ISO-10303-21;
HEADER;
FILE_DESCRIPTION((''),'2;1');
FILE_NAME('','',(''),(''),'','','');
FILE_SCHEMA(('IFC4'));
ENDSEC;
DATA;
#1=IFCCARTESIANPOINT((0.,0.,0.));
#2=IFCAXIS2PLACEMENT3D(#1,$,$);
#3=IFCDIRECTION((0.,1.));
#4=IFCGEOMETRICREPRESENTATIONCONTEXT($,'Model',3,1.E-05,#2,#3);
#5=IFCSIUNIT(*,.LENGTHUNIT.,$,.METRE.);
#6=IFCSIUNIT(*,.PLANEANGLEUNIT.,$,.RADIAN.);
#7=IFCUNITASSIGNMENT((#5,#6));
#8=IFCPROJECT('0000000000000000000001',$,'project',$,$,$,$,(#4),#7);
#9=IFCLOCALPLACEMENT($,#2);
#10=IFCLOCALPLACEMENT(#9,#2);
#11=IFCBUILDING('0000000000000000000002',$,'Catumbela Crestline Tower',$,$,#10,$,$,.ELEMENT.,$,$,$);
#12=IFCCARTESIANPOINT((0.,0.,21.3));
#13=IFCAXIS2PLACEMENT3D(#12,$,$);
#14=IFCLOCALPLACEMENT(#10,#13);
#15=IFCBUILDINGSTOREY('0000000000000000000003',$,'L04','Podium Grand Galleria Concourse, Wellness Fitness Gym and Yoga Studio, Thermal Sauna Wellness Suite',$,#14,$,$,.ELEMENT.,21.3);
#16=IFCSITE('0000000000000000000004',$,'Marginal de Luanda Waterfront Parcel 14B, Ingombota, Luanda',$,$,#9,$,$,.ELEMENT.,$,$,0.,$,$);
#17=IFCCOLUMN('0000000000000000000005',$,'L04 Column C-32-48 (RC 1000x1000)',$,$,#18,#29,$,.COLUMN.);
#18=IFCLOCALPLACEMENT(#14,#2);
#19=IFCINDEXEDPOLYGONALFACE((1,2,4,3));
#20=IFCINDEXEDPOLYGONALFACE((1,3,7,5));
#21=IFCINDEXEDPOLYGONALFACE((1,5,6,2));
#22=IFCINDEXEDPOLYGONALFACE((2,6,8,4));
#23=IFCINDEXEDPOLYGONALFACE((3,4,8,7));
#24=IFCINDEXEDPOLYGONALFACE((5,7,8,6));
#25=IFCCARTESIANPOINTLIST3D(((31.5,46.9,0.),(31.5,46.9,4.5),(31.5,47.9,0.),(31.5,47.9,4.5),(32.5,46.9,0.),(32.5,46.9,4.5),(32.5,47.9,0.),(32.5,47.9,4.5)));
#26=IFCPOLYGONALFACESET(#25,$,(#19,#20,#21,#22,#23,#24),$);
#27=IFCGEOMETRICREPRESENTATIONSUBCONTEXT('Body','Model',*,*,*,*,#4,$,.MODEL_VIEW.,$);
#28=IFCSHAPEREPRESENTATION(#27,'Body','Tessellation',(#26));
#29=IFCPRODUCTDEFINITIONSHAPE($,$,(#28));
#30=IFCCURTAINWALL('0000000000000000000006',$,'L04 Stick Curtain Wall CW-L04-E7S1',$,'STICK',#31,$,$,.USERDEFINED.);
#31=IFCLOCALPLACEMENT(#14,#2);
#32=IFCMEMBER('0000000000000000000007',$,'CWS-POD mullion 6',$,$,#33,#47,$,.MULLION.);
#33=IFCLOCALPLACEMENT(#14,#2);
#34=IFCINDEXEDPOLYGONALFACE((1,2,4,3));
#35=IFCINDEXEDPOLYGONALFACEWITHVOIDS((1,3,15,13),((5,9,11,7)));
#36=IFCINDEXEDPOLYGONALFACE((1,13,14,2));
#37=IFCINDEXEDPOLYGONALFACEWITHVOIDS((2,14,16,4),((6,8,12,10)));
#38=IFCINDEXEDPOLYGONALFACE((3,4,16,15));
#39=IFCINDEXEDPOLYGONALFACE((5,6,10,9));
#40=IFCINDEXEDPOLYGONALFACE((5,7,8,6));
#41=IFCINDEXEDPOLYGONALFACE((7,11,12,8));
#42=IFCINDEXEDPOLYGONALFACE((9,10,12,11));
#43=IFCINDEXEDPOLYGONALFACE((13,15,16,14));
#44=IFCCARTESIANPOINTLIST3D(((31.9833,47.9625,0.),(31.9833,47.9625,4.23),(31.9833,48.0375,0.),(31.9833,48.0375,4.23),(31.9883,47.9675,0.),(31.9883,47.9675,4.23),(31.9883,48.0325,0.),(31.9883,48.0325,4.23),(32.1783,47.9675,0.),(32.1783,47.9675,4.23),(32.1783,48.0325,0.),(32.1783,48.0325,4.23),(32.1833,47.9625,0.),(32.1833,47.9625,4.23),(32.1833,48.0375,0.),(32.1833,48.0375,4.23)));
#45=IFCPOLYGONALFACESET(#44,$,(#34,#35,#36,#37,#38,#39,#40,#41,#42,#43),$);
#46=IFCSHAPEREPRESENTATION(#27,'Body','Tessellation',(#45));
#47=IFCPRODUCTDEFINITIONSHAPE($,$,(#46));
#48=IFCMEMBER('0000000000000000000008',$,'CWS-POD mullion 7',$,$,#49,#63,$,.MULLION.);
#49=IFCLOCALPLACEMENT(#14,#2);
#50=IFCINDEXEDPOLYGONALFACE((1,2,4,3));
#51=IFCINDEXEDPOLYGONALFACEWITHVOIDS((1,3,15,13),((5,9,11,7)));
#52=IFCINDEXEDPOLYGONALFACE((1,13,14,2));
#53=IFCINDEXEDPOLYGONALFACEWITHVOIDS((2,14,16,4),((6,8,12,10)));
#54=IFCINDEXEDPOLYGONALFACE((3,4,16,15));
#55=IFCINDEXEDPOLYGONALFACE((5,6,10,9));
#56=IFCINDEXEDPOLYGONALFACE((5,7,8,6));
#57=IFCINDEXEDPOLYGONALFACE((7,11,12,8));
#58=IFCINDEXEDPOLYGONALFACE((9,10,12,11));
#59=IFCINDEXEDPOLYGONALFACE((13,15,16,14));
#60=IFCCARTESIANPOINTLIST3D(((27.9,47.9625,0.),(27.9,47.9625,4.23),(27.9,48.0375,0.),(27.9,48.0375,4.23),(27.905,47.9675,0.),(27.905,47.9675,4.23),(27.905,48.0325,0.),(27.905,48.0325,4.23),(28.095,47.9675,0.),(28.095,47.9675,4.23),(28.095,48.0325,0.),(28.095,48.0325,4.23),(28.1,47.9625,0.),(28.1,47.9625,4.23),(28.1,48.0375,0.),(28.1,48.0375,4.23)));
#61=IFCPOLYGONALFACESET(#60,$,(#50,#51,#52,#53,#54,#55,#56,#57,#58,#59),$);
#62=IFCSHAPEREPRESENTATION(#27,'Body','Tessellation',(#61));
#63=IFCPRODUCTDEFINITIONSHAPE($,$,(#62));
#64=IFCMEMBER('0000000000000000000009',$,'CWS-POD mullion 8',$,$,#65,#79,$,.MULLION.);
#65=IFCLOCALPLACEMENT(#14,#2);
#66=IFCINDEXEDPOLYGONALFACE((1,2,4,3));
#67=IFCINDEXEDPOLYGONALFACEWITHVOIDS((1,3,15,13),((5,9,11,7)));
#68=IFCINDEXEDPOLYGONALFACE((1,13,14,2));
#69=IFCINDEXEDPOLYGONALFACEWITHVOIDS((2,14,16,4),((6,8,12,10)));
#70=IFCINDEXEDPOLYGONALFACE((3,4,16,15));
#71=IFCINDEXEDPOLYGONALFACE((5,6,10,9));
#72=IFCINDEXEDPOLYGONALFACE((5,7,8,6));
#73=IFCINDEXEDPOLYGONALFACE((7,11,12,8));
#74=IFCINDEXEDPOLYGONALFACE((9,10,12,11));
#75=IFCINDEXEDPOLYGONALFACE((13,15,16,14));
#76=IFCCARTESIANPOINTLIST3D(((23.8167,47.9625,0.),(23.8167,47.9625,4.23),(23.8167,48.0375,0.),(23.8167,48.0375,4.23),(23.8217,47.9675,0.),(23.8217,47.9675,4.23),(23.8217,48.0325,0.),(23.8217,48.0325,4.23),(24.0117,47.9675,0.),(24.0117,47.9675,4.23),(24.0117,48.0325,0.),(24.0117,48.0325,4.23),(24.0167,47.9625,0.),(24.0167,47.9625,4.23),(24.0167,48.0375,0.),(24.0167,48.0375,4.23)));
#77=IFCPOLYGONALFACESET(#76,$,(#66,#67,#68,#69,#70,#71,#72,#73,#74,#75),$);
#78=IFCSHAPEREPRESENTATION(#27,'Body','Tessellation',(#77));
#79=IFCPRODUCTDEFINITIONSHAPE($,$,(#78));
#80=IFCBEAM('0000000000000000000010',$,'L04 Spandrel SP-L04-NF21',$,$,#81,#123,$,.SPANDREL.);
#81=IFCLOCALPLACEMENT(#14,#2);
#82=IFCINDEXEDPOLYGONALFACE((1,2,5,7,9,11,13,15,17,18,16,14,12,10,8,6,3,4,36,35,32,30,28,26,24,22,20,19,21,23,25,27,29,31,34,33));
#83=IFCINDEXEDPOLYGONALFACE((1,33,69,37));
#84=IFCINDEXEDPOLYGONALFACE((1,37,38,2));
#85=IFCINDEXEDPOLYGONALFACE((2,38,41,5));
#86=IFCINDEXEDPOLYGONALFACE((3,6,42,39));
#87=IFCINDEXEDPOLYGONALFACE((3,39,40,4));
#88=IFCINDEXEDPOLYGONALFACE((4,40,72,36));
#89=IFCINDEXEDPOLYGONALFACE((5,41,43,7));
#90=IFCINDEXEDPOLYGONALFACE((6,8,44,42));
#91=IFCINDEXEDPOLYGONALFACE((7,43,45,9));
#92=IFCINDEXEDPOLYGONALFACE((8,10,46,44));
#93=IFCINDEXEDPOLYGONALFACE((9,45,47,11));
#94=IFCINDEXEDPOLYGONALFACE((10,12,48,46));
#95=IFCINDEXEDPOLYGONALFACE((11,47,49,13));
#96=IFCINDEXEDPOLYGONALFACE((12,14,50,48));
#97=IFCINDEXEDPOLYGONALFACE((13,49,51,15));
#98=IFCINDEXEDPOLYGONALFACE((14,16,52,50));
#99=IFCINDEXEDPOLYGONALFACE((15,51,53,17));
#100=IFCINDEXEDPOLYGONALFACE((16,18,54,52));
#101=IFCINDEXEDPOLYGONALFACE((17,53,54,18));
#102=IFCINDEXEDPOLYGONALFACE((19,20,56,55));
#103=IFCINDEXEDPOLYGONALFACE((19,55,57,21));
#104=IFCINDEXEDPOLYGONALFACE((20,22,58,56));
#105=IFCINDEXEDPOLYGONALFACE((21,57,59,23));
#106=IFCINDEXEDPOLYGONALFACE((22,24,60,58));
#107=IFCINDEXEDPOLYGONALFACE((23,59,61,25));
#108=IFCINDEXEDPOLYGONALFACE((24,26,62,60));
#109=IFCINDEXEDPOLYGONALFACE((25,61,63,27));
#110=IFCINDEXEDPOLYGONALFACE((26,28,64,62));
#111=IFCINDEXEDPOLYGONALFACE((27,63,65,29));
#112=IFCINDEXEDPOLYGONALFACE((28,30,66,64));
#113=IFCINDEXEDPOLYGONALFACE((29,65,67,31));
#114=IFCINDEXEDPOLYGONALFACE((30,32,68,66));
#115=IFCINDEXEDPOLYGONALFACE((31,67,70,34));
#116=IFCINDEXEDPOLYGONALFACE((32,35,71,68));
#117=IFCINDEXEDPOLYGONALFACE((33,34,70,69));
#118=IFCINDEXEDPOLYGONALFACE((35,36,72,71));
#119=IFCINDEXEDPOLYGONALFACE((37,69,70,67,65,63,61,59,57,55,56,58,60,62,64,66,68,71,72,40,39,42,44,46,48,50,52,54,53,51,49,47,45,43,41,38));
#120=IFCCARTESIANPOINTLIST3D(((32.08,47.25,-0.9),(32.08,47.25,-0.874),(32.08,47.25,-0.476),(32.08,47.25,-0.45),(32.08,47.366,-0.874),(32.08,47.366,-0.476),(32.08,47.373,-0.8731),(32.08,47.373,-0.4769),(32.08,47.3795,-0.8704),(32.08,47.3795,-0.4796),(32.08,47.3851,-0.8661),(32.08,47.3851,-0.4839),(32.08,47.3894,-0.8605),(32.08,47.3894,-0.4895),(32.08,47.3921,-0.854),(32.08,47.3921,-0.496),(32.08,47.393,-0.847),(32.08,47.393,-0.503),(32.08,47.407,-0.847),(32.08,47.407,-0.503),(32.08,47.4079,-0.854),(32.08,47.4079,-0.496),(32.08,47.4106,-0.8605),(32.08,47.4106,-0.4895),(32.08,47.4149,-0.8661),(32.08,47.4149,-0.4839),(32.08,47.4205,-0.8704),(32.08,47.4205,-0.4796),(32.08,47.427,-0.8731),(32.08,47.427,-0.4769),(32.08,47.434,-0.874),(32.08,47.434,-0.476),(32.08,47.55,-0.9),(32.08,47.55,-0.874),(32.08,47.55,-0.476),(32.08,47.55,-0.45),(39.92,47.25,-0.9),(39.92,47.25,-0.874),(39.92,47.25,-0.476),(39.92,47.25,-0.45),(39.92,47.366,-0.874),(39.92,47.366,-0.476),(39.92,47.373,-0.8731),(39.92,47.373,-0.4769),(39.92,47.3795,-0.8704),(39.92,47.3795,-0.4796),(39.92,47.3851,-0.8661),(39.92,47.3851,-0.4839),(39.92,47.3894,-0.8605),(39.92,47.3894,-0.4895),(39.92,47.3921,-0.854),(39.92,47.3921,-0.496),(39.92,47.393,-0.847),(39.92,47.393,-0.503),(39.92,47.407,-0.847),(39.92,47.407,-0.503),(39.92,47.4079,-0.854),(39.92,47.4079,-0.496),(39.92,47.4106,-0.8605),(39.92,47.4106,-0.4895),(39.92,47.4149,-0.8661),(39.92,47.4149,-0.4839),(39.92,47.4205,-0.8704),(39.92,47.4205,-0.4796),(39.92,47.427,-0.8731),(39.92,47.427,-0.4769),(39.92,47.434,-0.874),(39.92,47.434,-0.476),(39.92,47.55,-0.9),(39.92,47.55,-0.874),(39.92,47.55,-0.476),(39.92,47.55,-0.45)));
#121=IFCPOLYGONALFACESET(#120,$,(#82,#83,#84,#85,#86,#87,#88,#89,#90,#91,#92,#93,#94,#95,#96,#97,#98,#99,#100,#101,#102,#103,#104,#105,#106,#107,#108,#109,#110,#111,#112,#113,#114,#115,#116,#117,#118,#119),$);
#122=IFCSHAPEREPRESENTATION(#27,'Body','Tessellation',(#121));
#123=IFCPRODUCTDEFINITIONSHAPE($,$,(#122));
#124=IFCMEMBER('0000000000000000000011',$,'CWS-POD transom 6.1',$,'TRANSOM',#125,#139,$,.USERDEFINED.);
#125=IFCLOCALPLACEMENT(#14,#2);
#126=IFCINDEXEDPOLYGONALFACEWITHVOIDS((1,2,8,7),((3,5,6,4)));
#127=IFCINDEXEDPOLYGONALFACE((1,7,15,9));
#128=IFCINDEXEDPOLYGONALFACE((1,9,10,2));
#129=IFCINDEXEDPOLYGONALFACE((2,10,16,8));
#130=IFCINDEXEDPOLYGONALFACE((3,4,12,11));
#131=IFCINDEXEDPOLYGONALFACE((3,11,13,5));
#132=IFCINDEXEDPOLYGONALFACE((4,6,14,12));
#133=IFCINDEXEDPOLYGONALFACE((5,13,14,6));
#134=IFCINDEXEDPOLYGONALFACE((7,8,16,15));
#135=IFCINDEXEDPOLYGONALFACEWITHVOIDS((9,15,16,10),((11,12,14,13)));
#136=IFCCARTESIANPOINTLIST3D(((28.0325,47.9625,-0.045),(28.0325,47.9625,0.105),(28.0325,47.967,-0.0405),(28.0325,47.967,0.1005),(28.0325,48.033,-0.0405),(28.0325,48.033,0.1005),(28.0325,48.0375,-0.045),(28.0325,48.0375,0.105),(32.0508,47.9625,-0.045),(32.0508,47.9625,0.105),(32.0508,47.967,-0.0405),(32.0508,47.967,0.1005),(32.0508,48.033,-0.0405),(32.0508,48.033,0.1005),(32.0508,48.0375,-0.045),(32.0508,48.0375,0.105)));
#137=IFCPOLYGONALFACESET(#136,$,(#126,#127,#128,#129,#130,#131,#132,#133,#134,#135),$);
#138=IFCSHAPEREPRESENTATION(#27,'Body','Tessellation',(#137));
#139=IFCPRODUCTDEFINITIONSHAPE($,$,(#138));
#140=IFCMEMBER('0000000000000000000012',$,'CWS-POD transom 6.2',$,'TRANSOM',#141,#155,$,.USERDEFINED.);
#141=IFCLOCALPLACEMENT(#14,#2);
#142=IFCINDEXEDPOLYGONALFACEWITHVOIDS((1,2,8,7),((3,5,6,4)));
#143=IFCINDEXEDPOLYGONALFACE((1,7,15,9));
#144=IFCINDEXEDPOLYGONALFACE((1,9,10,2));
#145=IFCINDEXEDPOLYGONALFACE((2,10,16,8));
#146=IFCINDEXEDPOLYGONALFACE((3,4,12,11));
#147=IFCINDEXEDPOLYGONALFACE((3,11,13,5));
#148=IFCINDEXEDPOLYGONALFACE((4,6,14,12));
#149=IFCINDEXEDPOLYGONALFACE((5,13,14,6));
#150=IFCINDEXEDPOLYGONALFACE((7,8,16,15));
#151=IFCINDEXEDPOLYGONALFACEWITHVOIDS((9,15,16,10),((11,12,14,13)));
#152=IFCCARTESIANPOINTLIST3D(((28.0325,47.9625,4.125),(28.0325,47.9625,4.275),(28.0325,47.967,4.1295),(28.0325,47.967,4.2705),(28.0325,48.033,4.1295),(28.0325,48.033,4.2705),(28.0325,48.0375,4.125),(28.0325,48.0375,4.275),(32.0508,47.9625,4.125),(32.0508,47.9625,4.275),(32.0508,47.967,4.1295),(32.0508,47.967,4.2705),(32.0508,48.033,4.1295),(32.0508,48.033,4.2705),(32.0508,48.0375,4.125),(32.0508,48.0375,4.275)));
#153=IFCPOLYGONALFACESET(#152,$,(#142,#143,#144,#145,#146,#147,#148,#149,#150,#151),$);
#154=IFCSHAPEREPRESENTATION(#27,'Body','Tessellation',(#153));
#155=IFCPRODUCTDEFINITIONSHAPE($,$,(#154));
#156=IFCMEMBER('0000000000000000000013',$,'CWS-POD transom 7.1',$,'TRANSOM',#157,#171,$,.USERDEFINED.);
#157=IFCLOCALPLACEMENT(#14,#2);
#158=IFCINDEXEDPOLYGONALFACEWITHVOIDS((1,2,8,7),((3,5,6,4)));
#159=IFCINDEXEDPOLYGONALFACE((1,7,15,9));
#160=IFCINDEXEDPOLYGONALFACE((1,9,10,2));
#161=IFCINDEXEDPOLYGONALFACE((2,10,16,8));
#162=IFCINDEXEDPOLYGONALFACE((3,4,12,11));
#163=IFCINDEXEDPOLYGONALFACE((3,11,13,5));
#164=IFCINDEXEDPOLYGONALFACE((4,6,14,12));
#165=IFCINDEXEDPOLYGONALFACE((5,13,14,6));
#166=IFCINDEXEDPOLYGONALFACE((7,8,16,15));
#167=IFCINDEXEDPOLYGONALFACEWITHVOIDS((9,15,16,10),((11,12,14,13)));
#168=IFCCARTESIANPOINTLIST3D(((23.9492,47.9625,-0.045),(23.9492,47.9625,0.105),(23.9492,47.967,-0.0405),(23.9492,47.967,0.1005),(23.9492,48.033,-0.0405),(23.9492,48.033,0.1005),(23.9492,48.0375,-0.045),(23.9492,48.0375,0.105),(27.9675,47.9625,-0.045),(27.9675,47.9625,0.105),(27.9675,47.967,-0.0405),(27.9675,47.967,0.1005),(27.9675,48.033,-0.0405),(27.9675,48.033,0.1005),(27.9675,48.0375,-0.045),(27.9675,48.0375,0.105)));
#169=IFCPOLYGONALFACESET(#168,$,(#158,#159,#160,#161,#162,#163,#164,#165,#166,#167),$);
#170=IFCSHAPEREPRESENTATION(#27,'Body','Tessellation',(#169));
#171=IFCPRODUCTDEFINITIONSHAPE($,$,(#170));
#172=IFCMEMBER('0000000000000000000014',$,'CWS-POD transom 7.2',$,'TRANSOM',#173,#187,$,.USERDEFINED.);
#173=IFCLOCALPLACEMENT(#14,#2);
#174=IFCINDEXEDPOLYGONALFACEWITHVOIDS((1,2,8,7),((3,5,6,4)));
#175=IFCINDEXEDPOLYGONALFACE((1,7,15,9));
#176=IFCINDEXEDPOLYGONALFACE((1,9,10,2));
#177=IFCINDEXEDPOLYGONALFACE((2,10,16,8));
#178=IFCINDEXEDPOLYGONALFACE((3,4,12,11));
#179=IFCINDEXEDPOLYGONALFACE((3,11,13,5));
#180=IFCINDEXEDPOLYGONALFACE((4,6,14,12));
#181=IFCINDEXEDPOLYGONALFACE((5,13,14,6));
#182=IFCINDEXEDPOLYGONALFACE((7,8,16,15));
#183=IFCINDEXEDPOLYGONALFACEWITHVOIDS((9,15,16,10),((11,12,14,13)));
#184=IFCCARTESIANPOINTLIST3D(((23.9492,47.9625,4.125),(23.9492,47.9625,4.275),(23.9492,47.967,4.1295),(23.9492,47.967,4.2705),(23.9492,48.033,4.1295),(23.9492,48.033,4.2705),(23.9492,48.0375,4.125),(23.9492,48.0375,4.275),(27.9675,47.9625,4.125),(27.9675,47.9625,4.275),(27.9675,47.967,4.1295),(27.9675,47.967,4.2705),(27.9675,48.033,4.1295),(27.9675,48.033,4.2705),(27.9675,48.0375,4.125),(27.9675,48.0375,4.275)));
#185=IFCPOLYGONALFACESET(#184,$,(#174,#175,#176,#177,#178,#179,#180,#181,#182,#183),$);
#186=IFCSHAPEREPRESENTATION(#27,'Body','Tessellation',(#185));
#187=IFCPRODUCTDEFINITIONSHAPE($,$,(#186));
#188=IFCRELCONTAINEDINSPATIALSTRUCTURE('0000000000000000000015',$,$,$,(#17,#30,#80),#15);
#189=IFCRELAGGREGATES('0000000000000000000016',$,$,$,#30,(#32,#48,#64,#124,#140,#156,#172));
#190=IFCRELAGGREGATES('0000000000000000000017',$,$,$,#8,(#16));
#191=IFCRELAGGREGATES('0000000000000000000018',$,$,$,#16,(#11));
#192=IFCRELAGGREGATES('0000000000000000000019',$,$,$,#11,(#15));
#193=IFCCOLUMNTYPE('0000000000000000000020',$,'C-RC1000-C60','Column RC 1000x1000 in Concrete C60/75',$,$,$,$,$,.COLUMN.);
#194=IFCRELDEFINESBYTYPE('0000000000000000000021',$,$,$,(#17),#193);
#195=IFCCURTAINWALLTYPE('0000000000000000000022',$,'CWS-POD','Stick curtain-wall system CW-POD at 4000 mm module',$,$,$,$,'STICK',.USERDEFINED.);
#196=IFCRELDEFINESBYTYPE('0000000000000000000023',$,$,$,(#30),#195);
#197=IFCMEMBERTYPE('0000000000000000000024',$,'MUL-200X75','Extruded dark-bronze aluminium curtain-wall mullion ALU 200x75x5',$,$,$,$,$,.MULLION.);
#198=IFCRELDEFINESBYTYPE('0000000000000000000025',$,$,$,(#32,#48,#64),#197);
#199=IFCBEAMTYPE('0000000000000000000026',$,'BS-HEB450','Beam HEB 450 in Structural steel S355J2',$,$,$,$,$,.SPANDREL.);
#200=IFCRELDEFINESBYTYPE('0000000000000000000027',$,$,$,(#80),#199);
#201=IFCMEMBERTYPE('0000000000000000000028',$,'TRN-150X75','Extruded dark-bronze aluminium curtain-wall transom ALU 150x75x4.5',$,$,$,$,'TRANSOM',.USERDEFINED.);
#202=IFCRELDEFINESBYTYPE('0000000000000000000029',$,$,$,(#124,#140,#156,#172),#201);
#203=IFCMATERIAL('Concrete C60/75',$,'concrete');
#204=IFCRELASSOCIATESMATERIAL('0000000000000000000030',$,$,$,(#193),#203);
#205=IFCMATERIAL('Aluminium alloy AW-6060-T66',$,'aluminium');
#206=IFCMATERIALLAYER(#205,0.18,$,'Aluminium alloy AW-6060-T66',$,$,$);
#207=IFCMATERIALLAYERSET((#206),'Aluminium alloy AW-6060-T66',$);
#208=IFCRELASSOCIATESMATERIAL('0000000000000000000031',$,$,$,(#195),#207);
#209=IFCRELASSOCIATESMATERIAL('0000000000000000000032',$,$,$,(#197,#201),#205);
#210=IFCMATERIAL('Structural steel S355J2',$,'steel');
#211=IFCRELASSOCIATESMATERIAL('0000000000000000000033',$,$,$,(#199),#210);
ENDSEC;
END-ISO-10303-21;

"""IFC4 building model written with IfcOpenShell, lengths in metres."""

from ifc_helpers import new_model, si_unit, direction, frame, origin, origin_2d, place, context, subcontext, project, spatial, rectangle, hollow_rectangle, i_section, extrude, material, layer, layer_set, material_profile, profile_set, type_object, element, aggregate, save


model = new_model("IFC4")

# Units and contexts
model_context = context("Model", 3, precision=1e-05, world=origin(), true_north=direction((0.0, 1.0)))
body_context = subcontext(model_context, "Body", "Model", "MODEL_VIEW")
ifc_project = project(units=[si_unit("LENGTHUNIT", "METRE"), si_unit("PLANEANGLEUNIT", "RADIAN")], contexts=[model_context])

# Site, building, storey
site_placement = place(None, origin())
site = spatial("IfcSite", under=ifc_project, at=site_placement, Name="Marginal de Luanda Waterfront Parcel 14B, Ingombota, Luanda", CompositionType="ELEMENT", RefElevation=0.0)
building_placement = place(site_placement, origin())
building = spatial("IfcBuilding", under=site, at=building_placement, Name="Catumbela Crestline Tower", CompositionType="ELEMENT")
storey_placement = place(building_placement, frame((0.0, 0.0, 21.3)))
storey = spatial("IfcBuildingStorey", under=building, at=storey_placement, Name="L04", Description="Podium Grand Galleria Concourse, Wellness Fitness Gym and Yoga Studio, Thermal Sauna Wellness Suite", CompositionType="ELEMENT", Elevation=21.3)

# Column
ifc_material_1 = material(Name="Concrete C60/75", Category="concrete")
ifc_material_profile_1 = material_profile(ifc_material_1, rectangle(XDim=1.0, YDim=1.0, at=origin_2d()), Name="RC 1000x1000")
ifc_profile_set_1 = profile_set([ifc_material_profile_1], Name="Concrete C60/75")
column_type = type_object("IfcColumnType", Name="C-RC1000-C60", Description="Column RC 1000x1000 in Concrete C60/75", PredefinedType="COLUMN", material=ifc_profile_set_1)
column_placement = place(storey_placement, frame((32.0, 47.4, 0.0), z_axis=(0.0, 0.0, 1.0), x_axis=(1.0, 0.0, 0.0)))
element("IfcColumn", 1, at=column_placement, inside=storey, type_object=column_type, Name="L04 Column C-32-48 (RC 1000x1000)", PredefinedType="COLUMN", context=body_context, shape_type="SweptSolid", body=[
    extrude(rectangle(XDim=1.0, YDim=1.0, at=origin_2d()), origin(), (0.0, 0.0, 1.0), 4.5),
])

# Curtain wall, members
ifc_material_2 = material(Name="Aluminium alloy AW-6060-T66", Category="aluminium")
ifc_layer_1 = layer(ifc_material_2, 0.18, Name="Aluminium alloy AW-6060-T66")
ifc_layer_set_1 = layer_set([ifc_layer_1], Name="Aluminium alloy AW-6060-T66")
curtain_wall_type = type_object("IfcCurtainWallType", Name="CWS-POD", Description="Stick curtain-wall system CW-POD at 4000 mm module", ElementType="STICK", PredefinedType="USERDEFINED", material=ifc_layer_set_1)
curtain_wall_placement = place(storey_placement, origin())
curtain_wall = element("IfcCurtainWall", 2, at=curtain_wall_placement, inside=storey, type_object=curtain_wall_type, Name="L04 Stick Curtain Wall CW-L04-E7S1", ObjectType="STICK", PredefinedType="USERDEFINED")
ifc_material_profile_2 = material_profile(ifc_material_2, hollow_rectangle(XDim=0.075, YDim=0.2, WallThickness=0.005, at=origin_2d()), Name="ALU 200x75x5")
ifc_profile_set_2 = profile_set([ifc_material_profile_2], Name="Aluminium alloy AW-6060-T66")
member_type_1 = type_object("IfcMemberType", Name="MUL-200X75", Description="Extruded dark-bronze aluminium curtain-wall mullion ALU 200x75x5", PredefinedType="MULLION", material=ifc_profile_set_2)
member_1_placement = place(storey_placement, frame((32.0833, 48.0, 0.0), z_axis=(0.0, 0.0, 1.0), x_axis=(0.0, -1.0, 0.0)))
member_1 = element("IfcMember", 3, at=member_1_placement, type_object=member_type_1, Name="CWS-POD mullion 6", PredefinedType="MULLION", context=body_context, shape_type="SweptSolid", body=[
    extrude(hollow_rectangle(XDim=0.075, YDim=0.2, WallThickness=0.005, at=origin_2d()), origin(), (0.0, 0.0, 1.0), 4.23),
])
member_2_placement = place(storey_placement, frame((28.0, 48.0, 0.0), z_axis=(0.0, 0.0, 1.0), x_axis=(0.0, -1.0, 0.0)))
member_2 = element("IfcMember", 4, at=member_2_placement, type_object=member_type_1, Name="CWS-POD mullion 7", PredefinedType="MULLION", context=body_context, shape_type="SweptSolid", body=[
    extrude(hollow_rectangle(XDim=0.075, YDim=0.2, WallThickness=0.005, at=origin_2d()), origin(), (0.0, 0.0, 1.0), 4.23),
])
member_3_placement = place(storey_placement, frame((23.9167, 48.0, 0.0), z_axis=(0.0, 0.0, 1.0), x_axis=(0.0, -1.0, 0.0)))
member_3 = element("IfcMember", 5, at=member_3_placement, type_object=member_type_1, Name="CWS-POD mullion 8", PredefinedType="MULLION", context=body_context, shape_type="SweptSolid", body=[
    extrude(hollow_rectangle(XDim=0.075, YDim=0.2, WallThickness=0.005, at=origin_2d()), origin(), (0.0, 0.0, 1.0), 4.23),
])

# Beam
ifc_material_3 = material(Name="Structural steel S355J2", Category="steel")
ifc_material_profile_3 = material_profile(ifc_material_3, i_section(OverallWidth=0.3, OverallDepth=0.45, WebThickness=0.014, FlangeThickness=0.026, FilletRadius=0.027, at=origin_2d()), Name="HEB 450")
ifc_profile_set_3 = profile_set([ifc_material_profile_3], Name="Structural steel S355J2")
beam_type = type_object("IfcBeamType", Name="BS-HEB450", Description="Beam HEB 450 in Structural steel S355J2", PredefinedType="SPANDREL", material=ifc_profile_set_3)
beam_placement = place(storey_placement, frame((32.08, 47.4, -0.675), z_axis=(1.0, 0.0, 0.0), x_axis=(0.0, 1.0, 0.0)))
element("IfcBeam", 6, at=beam_placement, inside=storey, type_object=beam_type, Name="L04 Spandrel SP-L04-NF21", PredefinedType="SPANDREL", context=body_context, shape_type="SweptSolid", body=[
    extrude(i_section(OverallWidth=0.3, OverallDepth=0.45, WebThickness=0.014, FlangeThickness=0.026, FilletRadius=0.027, at=origin_2d()), origin(), (0.0, 0.0, 1.0), 7.84),
])

# Members
ifc_material_profile_4 = material_profile(ifc_material_2, hollow_rectangle(XDim=0.075, YDim=0.15, WallThickness=0.0045, at=origin_2d()), Name="ALU 150x75x4.5")
ifc_profile_set_4 = profile_set([ifc_material_profile_4], Name="Aluminium alloy AW-6060-T66")
member_type_2 = type_object("IfcMemberType", Name="TRN-150X75", Description="Extruded dark-bronze aluminium curtain-wall transom ALU 150x75x4.5", ElementType="TRANSOM", PredefinedType="USERDEFINED", material=ifc_profile_set_4)
member_4_placement = place(storey_placement, frame((32.0508, 48.0, 0.03), z_axis=(-1.0, 0.0, 0.0), x_axis=(0.0, -1.0, 0.0)))
member_4 = element("IfcMember", 7, at=member_4_placement, type_object=member_type_2, Name="CWS-POD transom 6.1", ObjectType="TRANSOM", PredefinedType="USERDEFINED", context=body_context, shape_type="SweptSolid", body=[
    extrude(hollow_rectangle(XDim=0.075, YDim=0.15, WallThickness=0.0045, at=origin_2d()), origin(), (0.0, 0.0, 1.0), 4.0183),
])
member_5_placement = place(storey_placement, frame((32.0508, 48.0, 4.2), z_axis=(-1.0, 0.0, 0.0), x_axis=(0.0, -1.0, 0.0)))
member_5 = element("IfcMember", 8, at=member_5_placement, type_object=member_type_2, Name="CWS-POD transom 6.2", ObjectType="TRANSOM", PredefinedType="USERDEFINED", context=body_context, shape_type="SweptSolid", body=[
    extrude(hollow_rectangle(XDim=0.075, YDim=0.15, WallThickness=0.0045, at=origin_2d()), origin(), (0.0, 0.0, 1.0), 4.0183),
])
member_6_placement = place(storey_placement, frame((27.9675, 48.0, 0.03), z_axis=(-1.0, 0.0, 0.0), x_axis=(0.0, -1.0, 0.0)))
member_6 = element("IfcMember", 9, at=member_6_placement, type_object=member_type_2, Name="CWS-POD transom 7.1", ObjectType="TRANSOM", PredefinedType="USERDEFINED", context=body_context, shape_type="SweptSolid", body=[
    extrude(hollow_rectangle(XDim=0.075, YDim=0.15, WallThickness=0.0045, at=origin_2d()), origin(), (0.0, 0.0, 1.0), 4.0183),
])
member_7_placement = place(storey_placement, frame((27.9675, 48.0, 4.2), z_axis=(-1.0, 0.0, 0.0), x_axis=(0.0, -1.0, 0.0)))
member_7 = element("IfcMember", 10, at=member_7_placement, type_object=member_type_2, Name="CWS-POD transom 7.2", ObjectType="TRANSOM", PredefinedType="USERDEFINED", context=body_context, shape_type="SweptSolid", body=[
    extrude(hollow_rectangle(XDim=0.075, YDim=0.15, WallThickness=0.0045, at=origin_2d()), origin(), (0.0, 0.0, 1.0), 4.0183),
])

aggregate(curtain_wall, [member_1, member_2, member_3, member_4, member_5, member_6, member_7])

save(model, "model.ifc")
